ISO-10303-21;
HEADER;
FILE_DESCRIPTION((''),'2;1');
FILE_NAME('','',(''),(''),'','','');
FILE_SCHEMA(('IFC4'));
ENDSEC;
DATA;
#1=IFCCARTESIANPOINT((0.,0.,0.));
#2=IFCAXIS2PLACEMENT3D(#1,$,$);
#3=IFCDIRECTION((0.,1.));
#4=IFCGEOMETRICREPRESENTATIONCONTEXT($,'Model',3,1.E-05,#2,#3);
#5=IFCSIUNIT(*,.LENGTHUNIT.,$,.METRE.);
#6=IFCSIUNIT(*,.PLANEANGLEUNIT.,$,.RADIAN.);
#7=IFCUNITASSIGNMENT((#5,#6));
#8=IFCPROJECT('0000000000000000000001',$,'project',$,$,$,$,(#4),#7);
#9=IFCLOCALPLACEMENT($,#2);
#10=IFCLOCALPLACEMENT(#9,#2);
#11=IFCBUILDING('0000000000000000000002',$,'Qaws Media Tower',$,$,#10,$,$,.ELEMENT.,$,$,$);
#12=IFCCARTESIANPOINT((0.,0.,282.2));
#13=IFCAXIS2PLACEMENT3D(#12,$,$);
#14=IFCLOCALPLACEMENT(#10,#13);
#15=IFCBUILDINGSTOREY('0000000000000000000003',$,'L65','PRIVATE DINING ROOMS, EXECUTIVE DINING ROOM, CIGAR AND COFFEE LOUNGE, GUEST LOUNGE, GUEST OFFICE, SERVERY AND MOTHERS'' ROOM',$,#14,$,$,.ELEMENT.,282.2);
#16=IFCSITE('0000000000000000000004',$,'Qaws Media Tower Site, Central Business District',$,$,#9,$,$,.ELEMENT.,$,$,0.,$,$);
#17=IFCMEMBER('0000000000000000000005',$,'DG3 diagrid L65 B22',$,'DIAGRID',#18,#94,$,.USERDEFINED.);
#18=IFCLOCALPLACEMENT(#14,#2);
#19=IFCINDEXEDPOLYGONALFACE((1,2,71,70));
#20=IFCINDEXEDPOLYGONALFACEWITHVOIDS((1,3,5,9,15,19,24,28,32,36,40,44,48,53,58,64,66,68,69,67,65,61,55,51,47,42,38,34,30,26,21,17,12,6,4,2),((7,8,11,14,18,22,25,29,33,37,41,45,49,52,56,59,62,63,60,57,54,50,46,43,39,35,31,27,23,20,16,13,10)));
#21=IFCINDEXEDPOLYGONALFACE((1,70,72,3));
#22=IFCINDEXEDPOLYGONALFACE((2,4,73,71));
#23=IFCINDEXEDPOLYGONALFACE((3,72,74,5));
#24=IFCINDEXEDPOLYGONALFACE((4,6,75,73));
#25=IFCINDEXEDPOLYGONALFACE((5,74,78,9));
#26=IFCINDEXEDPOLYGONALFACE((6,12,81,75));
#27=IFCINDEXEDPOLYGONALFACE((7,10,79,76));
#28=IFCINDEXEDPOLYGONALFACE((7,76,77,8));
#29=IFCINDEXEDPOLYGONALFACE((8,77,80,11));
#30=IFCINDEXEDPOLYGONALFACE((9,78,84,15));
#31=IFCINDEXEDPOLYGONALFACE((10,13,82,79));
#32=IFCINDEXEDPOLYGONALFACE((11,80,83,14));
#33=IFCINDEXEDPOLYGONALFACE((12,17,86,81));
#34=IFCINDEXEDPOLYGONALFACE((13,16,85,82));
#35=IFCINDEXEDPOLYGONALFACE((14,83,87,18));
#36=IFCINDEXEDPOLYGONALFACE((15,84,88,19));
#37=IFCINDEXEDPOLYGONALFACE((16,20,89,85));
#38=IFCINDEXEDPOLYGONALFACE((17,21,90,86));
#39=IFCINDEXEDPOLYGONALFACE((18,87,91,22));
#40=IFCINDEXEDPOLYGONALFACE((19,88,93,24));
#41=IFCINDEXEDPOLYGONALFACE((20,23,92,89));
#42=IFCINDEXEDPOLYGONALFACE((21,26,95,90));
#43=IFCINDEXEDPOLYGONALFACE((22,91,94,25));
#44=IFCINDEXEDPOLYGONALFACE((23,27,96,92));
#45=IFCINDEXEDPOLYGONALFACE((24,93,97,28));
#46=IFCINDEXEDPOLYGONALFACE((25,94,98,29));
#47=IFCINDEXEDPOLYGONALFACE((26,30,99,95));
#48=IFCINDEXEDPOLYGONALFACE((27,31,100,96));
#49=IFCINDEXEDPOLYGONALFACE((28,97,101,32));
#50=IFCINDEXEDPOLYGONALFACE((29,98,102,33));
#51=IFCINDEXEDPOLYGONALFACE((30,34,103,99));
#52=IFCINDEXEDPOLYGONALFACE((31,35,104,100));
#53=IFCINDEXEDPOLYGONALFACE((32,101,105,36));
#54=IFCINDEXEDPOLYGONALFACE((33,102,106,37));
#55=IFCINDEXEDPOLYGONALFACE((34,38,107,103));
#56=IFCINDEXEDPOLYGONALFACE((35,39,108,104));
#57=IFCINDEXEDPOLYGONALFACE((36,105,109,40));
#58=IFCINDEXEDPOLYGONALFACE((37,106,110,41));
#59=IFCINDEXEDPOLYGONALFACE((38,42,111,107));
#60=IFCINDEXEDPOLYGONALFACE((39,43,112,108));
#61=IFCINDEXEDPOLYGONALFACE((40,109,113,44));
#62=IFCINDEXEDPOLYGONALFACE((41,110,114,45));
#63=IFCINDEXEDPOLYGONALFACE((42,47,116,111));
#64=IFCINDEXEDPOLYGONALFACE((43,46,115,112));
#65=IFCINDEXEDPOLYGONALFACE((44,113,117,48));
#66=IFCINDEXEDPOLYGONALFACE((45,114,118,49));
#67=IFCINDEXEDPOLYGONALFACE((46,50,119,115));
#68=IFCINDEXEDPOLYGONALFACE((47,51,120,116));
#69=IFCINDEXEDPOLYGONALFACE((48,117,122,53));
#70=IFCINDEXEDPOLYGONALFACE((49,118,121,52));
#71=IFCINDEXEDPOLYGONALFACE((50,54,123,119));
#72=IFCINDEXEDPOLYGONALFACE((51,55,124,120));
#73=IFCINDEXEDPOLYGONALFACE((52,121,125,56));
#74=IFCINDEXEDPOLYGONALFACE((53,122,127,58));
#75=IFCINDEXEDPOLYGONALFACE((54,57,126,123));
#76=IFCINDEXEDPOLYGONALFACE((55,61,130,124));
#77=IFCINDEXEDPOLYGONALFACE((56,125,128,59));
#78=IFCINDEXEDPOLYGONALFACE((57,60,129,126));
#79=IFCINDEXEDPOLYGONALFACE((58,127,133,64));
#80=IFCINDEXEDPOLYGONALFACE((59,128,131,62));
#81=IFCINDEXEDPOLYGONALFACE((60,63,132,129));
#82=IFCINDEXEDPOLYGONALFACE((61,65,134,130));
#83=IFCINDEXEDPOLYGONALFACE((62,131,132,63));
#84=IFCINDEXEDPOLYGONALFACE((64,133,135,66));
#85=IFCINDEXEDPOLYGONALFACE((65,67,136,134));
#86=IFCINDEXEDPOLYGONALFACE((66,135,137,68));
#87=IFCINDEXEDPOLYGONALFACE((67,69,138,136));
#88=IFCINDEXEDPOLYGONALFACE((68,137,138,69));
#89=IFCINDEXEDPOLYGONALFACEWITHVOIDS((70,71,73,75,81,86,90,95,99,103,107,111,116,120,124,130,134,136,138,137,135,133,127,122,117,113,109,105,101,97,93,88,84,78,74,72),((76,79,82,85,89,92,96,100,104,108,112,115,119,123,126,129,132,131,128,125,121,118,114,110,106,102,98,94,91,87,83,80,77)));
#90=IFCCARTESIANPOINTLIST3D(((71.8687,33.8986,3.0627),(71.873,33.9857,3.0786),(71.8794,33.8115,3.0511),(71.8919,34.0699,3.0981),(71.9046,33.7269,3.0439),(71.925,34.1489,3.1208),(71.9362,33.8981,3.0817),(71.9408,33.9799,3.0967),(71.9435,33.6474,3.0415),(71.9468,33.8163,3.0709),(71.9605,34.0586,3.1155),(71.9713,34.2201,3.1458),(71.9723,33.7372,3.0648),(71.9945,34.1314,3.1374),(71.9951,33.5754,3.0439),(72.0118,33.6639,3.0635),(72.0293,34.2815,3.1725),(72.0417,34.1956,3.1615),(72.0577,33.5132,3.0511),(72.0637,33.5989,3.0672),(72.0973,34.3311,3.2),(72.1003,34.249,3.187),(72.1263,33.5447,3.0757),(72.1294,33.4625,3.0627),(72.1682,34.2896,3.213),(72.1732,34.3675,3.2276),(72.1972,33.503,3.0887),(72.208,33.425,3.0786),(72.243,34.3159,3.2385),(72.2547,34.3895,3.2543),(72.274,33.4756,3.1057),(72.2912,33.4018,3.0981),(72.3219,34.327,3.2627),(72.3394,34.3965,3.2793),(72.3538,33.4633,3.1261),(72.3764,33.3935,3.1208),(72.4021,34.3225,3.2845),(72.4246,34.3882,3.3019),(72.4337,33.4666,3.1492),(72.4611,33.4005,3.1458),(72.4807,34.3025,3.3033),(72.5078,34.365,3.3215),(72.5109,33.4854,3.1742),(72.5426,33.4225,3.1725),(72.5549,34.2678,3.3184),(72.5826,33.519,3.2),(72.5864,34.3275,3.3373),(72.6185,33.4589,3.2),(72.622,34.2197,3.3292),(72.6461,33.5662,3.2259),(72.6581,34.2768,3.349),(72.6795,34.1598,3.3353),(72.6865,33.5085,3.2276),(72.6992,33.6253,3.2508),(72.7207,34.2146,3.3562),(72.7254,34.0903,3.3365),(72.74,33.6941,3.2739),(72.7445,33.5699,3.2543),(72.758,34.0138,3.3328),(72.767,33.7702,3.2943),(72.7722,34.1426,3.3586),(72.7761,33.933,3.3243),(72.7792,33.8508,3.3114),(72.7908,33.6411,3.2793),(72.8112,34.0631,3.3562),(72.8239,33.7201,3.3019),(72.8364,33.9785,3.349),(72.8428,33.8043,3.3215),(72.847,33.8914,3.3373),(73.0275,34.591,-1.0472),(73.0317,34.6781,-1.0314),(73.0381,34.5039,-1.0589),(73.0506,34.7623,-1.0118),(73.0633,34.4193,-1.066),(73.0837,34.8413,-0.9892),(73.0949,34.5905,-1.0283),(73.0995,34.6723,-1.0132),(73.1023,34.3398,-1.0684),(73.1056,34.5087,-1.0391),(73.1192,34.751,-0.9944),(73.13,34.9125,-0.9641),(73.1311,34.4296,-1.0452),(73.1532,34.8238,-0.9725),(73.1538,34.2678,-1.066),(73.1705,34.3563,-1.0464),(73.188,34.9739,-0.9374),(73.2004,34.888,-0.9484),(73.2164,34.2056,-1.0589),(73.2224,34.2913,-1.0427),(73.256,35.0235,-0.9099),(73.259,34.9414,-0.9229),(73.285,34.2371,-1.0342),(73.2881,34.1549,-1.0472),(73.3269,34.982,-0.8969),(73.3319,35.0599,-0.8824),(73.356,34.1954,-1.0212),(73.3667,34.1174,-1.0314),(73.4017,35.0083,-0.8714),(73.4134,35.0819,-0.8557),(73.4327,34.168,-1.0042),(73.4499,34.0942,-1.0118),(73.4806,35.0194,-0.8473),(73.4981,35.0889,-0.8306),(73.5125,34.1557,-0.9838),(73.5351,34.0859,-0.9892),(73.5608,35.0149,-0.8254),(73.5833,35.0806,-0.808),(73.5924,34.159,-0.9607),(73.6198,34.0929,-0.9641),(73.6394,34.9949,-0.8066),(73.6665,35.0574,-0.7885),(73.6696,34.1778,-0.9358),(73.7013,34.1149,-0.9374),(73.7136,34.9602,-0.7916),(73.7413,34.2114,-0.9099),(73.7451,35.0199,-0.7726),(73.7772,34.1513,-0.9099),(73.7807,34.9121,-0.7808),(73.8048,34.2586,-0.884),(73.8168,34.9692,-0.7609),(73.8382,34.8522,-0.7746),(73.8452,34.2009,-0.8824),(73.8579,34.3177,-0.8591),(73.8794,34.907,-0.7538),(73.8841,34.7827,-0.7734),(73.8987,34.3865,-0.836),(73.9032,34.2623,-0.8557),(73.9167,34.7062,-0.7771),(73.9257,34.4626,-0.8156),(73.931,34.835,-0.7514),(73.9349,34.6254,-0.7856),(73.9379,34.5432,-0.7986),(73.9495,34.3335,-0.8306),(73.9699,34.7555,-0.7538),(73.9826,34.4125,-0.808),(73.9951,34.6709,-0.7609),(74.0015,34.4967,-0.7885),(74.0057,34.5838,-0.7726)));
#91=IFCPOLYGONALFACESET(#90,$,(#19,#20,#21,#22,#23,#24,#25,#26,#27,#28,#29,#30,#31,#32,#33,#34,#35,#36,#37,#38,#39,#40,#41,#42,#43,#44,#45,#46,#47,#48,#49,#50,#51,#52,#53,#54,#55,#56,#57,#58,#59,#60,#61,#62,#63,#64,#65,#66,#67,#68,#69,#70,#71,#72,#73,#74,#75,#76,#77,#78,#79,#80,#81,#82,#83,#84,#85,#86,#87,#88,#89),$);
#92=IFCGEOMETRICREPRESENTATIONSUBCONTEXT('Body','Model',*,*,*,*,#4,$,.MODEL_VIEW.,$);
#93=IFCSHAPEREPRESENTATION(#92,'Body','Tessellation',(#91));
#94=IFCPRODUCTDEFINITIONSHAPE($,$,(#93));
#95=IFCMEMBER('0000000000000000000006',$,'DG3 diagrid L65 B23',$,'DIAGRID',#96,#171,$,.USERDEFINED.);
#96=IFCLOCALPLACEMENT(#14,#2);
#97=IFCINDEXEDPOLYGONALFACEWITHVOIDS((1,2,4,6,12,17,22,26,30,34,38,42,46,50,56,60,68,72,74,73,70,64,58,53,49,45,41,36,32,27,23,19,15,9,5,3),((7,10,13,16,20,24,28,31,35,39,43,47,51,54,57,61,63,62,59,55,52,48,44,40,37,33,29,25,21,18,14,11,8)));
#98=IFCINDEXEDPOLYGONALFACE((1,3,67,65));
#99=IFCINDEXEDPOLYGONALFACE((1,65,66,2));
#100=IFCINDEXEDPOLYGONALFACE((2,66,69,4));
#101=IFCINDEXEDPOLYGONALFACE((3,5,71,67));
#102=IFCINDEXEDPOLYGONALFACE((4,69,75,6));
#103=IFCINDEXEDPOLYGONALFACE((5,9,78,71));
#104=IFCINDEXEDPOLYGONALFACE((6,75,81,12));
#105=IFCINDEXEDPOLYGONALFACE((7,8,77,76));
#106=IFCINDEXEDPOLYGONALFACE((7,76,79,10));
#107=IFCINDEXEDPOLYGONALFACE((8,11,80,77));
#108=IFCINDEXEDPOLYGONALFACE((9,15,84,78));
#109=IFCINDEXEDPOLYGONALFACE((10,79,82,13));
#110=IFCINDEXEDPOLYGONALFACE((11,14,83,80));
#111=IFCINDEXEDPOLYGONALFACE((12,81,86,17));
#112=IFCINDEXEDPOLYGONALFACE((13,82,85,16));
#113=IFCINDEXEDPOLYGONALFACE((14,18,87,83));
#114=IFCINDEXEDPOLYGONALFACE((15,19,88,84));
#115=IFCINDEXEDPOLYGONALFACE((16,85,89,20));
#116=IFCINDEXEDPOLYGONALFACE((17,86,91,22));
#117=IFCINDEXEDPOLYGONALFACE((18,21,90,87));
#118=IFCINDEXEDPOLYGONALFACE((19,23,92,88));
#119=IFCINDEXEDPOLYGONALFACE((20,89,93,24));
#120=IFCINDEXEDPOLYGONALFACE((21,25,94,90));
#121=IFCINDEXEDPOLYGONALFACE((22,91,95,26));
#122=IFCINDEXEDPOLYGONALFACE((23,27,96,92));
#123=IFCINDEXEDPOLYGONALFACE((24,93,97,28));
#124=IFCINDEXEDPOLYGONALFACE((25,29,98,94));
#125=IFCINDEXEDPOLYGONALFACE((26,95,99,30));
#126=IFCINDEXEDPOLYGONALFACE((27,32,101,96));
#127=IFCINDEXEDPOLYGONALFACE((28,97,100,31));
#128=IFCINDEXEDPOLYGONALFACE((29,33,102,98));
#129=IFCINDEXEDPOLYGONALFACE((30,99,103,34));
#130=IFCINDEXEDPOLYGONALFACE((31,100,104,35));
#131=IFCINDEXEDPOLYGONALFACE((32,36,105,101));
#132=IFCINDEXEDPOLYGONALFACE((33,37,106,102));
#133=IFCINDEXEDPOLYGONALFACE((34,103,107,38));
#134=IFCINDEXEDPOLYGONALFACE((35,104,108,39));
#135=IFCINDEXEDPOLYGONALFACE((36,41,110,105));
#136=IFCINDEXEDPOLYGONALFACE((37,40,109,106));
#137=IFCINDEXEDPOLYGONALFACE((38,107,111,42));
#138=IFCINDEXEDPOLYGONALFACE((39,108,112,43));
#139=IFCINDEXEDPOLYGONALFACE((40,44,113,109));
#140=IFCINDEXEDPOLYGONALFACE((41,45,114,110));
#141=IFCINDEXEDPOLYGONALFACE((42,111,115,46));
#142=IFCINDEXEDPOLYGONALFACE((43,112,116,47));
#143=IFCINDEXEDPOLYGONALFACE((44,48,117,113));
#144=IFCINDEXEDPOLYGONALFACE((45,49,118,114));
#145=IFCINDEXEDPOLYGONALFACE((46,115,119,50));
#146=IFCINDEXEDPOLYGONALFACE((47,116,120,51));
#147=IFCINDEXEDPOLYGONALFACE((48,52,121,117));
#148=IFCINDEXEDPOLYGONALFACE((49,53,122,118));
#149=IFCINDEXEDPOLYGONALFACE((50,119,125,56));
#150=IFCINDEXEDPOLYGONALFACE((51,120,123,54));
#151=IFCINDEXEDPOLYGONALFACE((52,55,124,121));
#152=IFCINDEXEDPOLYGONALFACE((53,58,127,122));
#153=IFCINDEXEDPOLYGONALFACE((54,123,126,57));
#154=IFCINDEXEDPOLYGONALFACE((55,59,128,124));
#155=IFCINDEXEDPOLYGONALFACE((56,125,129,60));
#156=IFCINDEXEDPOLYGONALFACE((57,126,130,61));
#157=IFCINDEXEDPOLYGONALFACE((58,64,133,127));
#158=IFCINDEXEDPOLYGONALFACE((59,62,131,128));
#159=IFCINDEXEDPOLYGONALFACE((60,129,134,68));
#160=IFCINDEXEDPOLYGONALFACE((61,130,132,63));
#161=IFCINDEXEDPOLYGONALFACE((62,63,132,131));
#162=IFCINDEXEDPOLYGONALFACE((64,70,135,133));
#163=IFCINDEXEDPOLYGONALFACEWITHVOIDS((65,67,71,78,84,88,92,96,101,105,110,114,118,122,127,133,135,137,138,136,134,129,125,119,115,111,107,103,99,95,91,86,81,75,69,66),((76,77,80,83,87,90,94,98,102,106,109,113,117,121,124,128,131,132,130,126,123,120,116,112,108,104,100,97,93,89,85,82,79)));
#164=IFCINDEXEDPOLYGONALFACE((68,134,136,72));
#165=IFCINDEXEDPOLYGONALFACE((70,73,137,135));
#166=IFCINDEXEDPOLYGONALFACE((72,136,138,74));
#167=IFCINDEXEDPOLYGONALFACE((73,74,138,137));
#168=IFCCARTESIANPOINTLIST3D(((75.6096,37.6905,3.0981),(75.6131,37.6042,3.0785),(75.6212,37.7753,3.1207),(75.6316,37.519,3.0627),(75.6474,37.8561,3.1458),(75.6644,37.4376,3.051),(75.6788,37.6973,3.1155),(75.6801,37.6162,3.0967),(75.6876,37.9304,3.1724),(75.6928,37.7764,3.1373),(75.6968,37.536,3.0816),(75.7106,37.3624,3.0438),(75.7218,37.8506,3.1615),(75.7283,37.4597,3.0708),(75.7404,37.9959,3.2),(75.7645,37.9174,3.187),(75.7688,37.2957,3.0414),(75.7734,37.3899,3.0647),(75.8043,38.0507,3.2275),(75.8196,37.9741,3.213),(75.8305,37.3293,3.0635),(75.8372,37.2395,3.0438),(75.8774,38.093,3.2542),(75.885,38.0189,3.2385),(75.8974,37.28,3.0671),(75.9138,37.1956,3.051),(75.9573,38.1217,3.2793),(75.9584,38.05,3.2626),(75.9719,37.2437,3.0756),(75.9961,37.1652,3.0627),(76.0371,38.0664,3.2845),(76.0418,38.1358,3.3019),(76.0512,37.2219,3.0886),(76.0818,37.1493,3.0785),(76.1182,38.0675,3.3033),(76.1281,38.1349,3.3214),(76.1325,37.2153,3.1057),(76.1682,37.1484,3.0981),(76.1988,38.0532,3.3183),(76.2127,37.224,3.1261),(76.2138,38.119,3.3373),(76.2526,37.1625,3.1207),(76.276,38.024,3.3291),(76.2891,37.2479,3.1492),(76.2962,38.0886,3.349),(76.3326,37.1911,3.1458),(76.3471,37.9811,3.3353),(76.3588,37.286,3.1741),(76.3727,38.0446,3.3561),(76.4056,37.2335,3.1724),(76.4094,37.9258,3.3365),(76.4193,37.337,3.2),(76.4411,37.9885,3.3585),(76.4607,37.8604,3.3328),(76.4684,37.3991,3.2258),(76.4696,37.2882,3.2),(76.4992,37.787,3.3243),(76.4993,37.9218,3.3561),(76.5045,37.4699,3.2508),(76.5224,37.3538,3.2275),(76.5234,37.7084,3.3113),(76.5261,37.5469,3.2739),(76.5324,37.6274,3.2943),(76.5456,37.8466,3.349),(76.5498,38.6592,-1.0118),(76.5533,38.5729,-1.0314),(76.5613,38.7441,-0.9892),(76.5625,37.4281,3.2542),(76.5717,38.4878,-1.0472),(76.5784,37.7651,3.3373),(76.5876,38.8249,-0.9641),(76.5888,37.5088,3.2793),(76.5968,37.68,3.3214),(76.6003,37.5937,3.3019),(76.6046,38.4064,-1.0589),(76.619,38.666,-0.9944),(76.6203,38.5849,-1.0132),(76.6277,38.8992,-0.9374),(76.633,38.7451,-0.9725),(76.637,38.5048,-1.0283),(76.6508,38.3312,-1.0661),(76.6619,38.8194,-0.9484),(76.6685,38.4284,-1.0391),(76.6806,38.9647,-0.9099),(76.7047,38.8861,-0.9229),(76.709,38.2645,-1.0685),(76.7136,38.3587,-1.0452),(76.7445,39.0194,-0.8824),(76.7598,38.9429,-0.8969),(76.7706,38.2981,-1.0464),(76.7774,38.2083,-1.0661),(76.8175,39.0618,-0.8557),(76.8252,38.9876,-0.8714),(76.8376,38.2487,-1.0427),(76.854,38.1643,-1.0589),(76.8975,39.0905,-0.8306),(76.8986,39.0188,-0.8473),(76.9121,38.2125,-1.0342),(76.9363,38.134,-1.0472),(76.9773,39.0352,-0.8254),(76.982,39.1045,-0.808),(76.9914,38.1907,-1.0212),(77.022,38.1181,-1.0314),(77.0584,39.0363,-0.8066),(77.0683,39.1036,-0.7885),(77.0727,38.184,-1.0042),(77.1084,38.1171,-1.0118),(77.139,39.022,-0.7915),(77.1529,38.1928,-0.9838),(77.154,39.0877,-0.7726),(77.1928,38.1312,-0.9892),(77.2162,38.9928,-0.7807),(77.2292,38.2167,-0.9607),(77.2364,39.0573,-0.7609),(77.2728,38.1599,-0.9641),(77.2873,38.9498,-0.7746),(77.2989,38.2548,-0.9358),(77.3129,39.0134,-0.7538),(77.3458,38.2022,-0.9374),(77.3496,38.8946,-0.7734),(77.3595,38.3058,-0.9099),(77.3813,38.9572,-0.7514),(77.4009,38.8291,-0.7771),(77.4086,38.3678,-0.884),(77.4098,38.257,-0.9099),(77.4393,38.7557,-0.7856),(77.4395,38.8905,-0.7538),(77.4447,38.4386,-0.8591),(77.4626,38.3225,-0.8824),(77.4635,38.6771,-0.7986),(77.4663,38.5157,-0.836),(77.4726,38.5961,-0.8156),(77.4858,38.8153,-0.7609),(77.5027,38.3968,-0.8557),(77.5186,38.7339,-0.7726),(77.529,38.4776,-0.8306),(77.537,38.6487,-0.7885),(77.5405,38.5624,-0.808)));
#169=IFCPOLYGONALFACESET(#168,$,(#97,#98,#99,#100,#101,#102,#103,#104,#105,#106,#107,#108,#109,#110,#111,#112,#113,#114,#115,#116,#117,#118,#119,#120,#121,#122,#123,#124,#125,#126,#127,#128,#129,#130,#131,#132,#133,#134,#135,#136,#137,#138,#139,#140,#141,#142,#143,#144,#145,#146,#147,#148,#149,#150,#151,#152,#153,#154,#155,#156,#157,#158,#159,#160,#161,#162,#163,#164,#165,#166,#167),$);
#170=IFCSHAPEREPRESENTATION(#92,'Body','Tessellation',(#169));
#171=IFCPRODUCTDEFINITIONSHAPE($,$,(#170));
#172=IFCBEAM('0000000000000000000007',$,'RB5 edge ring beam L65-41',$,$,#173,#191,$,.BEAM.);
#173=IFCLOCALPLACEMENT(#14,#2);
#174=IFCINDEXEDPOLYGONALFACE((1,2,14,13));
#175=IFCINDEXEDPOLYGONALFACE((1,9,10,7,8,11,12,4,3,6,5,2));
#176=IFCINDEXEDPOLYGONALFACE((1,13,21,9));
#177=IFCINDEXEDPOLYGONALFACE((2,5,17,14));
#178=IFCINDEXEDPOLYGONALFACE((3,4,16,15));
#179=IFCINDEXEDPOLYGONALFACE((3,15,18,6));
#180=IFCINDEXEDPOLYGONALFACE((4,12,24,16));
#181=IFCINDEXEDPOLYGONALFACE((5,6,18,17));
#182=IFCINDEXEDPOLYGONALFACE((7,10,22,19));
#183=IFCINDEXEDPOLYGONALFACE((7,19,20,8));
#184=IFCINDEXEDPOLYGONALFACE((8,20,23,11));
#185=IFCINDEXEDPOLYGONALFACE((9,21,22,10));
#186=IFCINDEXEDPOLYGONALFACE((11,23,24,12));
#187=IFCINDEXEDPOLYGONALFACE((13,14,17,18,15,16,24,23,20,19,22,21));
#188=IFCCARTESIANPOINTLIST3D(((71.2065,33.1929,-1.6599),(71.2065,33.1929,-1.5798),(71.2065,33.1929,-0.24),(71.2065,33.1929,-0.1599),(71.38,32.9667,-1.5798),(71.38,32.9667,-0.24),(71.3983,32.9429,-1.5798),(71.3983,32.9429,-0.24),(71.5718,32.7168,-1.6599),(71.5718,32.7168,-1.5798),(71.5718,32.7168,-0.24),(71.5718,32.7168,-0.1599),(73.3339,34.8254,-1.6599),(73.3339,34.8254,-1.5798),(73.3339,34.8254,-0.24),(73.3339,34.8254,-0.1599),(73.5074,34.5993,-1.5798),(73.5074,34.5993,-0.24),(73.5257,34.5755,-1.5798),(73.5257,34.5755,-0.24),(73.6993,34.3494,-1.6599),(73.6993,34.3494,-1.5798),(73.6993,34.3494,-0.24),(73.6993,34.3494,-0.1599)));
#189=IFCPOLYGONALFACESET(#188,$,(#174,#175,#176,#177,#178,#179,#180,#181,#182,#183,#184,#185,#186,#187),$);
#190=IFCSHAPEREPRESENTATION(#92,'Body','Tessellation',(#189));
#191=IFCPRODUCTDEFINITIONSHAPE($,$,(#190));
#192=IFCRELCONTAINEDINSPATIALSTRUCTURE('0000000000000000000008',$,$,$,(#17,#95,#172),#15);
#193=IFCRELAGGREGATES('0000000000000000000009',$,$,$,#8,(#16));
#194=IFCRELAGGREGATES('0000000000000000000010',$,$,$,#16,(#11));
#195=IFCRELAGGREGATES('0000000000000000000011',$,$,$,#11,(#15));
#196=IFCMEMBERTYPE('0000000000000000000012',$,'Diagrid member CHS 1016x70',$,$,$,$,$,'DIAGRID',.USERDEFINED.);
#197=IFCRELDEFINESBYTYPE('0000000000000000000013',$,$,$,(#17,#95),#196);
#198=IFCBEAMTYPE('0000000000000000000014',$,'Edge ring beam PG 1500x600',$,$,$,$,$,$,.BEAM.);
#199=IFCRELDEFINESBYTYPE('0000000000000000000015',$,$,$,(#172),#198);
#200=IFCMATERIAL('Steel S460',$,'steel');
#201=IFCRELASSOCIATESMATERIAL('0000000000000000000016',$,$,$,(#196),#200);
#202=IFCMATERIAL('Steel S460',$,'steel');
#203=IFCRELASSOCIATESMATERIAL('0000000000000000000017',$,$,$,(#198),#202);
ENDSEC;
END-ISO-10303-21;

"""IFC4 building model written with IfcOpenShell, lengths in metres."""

from ifc_helpers import new_model, si_unit, direction, frame, origin, origin_2d, place, context, subcontext, project, spatial, hollow_circle, i_section, extrude, material, material_profile, profile_set, type_object, element, save


model = new_model("IFC4")

# Units and contexts
model_context = context("Model", 3, precision=1e-05, world=origin(), true_north=direction((0.0, 1.0)))
body_context = subcontext(model_context, "Body", "Model", "MODEL_VIEW")
ifc_project = project(units=[si_unit("LENGTHUNIT", "METRE"), si_unit("PLANEANGLEUNIT", "RADIAN")], contexts=[model_context])

# Site, building, storey
site_placement = place(None, origin())
site = spatial("IfcSite", under=ifc_project, at=site_placement, Name="Qaws Media Tower Site, Central Business District", CompositionType="ELEMENT", RefElevation=0.0)
building_placement = place(site_placement, origin())
building = spatial("IfcBuilding", under=site, at=building_placement, Name="Qaws Media Tower", CompositionType="ELEMENT")
storey_placement = place(building_placement, frame((0.0, 0.0, 282.2)))
storey = spatial("IfcBuildingStorey", under=building, at=storey_placement, Name="L65", Description="PRIVATE DINING ROOMS, EXECUTIVE DINING ROOM, CIGAR AND COFFEE LOUNGE, GUEST LOUNGE, GUEST OFFICE, SERVERY AND MOTHERS' ROOM", CompositionType="ELEMENT", Elevation=282.2)

# Members
ifc_material_1 = material(Name="Steel S460", Category="steel")
ifc_material_profile_1 = material_profile(ifc_material_1, hollow_circle(Radius=0.5081, WallThickness=0.0701, at=origin_2d()), Name="CHS 1016x70")
ifc_profile_set_1 = profile_set([ifc_material_profile_1], Name="Steel S460")
member_type_1 = type_object("IfcMemberType", Name="Diagrid member CHS 1016x70", ElementType="DIAGRID", PredefinedType="USERDEFINED", material=ifc_profile_set_1)
for number, where, z_axis, x_axis, name in (
    (1, (73.5166, 34.5874, -0.9099), (-0.267853, -0.160057, 0.950072), (0.512952, -0.858417, 0.0), "DG3 diagrid L65 B22"),
    (2, (77.0452, 38.6108, -0.9099), (-0.217339, -0.223942, 0.95006), (0.717607, -0.696448, 0.0), "DG3 diagrid L65 B23"),
):
    element("IfcMember", number, at=place(storey_placement, frame(where, z_axis=z_axis, x_axis=x_axis)), inside=storey, type_object=member_type_1, Name=name, ObjectType="DIAGRID", PredefinedType="USERDEFINED", context=body_context, shape_type="SweptSolid", body=[
        extrude(hollow_circle(Radius=0.5081, WallThickness=0.0701, at=origin_2d()), origin(), (0.0, 0.0, 1.0), 4.3259),
    ])

# Beam
ifc_material_2 = material(Name="Steel S460", Category="steel")
ifc_material_profile_2 = material_profile(ifc_material_2, i_section(OverallWidth=0.6001, OverallDepth=1.5, WebThickness=0.03, FlangeThickness=0.0801, at=origin_2d()), Name="PG 1500x600")
ifc_profile_set_2 = profile_set([ifc_material_profile_2], Name="Steel S460")
beam_type_1 = type_object("IfcBeamType", Name="Edge ring beam PG 1500x600", PredefinedType="BEAM", material=ifc_profile_set_2)
beam_1_placement = place(storey_placement, frame((71.3892, 32.9548, -0.9099), z_axis=(0.793331, 0.608791, 0.0), x_axis=(-0.608791, 0.793331, 0.0)))
element("IfcBeam", 3, at=beam_1_placement, inside=storey, type_object=beam_type_1, Name="RB5 edge ring beam L65-41", PredefinedType="BEAM", context=body_context, shape_type="SweptSolid", body=[
    extrude(i_section(OverallWidth=0.6001, OverallDepth=1.5, WebThickness=0.03, FlangeThickness=0.0801, at=origin_2d()), origin(), (0.0, 0.0, 1.0), 2.6816),
])

save(model, "model.ifc")
